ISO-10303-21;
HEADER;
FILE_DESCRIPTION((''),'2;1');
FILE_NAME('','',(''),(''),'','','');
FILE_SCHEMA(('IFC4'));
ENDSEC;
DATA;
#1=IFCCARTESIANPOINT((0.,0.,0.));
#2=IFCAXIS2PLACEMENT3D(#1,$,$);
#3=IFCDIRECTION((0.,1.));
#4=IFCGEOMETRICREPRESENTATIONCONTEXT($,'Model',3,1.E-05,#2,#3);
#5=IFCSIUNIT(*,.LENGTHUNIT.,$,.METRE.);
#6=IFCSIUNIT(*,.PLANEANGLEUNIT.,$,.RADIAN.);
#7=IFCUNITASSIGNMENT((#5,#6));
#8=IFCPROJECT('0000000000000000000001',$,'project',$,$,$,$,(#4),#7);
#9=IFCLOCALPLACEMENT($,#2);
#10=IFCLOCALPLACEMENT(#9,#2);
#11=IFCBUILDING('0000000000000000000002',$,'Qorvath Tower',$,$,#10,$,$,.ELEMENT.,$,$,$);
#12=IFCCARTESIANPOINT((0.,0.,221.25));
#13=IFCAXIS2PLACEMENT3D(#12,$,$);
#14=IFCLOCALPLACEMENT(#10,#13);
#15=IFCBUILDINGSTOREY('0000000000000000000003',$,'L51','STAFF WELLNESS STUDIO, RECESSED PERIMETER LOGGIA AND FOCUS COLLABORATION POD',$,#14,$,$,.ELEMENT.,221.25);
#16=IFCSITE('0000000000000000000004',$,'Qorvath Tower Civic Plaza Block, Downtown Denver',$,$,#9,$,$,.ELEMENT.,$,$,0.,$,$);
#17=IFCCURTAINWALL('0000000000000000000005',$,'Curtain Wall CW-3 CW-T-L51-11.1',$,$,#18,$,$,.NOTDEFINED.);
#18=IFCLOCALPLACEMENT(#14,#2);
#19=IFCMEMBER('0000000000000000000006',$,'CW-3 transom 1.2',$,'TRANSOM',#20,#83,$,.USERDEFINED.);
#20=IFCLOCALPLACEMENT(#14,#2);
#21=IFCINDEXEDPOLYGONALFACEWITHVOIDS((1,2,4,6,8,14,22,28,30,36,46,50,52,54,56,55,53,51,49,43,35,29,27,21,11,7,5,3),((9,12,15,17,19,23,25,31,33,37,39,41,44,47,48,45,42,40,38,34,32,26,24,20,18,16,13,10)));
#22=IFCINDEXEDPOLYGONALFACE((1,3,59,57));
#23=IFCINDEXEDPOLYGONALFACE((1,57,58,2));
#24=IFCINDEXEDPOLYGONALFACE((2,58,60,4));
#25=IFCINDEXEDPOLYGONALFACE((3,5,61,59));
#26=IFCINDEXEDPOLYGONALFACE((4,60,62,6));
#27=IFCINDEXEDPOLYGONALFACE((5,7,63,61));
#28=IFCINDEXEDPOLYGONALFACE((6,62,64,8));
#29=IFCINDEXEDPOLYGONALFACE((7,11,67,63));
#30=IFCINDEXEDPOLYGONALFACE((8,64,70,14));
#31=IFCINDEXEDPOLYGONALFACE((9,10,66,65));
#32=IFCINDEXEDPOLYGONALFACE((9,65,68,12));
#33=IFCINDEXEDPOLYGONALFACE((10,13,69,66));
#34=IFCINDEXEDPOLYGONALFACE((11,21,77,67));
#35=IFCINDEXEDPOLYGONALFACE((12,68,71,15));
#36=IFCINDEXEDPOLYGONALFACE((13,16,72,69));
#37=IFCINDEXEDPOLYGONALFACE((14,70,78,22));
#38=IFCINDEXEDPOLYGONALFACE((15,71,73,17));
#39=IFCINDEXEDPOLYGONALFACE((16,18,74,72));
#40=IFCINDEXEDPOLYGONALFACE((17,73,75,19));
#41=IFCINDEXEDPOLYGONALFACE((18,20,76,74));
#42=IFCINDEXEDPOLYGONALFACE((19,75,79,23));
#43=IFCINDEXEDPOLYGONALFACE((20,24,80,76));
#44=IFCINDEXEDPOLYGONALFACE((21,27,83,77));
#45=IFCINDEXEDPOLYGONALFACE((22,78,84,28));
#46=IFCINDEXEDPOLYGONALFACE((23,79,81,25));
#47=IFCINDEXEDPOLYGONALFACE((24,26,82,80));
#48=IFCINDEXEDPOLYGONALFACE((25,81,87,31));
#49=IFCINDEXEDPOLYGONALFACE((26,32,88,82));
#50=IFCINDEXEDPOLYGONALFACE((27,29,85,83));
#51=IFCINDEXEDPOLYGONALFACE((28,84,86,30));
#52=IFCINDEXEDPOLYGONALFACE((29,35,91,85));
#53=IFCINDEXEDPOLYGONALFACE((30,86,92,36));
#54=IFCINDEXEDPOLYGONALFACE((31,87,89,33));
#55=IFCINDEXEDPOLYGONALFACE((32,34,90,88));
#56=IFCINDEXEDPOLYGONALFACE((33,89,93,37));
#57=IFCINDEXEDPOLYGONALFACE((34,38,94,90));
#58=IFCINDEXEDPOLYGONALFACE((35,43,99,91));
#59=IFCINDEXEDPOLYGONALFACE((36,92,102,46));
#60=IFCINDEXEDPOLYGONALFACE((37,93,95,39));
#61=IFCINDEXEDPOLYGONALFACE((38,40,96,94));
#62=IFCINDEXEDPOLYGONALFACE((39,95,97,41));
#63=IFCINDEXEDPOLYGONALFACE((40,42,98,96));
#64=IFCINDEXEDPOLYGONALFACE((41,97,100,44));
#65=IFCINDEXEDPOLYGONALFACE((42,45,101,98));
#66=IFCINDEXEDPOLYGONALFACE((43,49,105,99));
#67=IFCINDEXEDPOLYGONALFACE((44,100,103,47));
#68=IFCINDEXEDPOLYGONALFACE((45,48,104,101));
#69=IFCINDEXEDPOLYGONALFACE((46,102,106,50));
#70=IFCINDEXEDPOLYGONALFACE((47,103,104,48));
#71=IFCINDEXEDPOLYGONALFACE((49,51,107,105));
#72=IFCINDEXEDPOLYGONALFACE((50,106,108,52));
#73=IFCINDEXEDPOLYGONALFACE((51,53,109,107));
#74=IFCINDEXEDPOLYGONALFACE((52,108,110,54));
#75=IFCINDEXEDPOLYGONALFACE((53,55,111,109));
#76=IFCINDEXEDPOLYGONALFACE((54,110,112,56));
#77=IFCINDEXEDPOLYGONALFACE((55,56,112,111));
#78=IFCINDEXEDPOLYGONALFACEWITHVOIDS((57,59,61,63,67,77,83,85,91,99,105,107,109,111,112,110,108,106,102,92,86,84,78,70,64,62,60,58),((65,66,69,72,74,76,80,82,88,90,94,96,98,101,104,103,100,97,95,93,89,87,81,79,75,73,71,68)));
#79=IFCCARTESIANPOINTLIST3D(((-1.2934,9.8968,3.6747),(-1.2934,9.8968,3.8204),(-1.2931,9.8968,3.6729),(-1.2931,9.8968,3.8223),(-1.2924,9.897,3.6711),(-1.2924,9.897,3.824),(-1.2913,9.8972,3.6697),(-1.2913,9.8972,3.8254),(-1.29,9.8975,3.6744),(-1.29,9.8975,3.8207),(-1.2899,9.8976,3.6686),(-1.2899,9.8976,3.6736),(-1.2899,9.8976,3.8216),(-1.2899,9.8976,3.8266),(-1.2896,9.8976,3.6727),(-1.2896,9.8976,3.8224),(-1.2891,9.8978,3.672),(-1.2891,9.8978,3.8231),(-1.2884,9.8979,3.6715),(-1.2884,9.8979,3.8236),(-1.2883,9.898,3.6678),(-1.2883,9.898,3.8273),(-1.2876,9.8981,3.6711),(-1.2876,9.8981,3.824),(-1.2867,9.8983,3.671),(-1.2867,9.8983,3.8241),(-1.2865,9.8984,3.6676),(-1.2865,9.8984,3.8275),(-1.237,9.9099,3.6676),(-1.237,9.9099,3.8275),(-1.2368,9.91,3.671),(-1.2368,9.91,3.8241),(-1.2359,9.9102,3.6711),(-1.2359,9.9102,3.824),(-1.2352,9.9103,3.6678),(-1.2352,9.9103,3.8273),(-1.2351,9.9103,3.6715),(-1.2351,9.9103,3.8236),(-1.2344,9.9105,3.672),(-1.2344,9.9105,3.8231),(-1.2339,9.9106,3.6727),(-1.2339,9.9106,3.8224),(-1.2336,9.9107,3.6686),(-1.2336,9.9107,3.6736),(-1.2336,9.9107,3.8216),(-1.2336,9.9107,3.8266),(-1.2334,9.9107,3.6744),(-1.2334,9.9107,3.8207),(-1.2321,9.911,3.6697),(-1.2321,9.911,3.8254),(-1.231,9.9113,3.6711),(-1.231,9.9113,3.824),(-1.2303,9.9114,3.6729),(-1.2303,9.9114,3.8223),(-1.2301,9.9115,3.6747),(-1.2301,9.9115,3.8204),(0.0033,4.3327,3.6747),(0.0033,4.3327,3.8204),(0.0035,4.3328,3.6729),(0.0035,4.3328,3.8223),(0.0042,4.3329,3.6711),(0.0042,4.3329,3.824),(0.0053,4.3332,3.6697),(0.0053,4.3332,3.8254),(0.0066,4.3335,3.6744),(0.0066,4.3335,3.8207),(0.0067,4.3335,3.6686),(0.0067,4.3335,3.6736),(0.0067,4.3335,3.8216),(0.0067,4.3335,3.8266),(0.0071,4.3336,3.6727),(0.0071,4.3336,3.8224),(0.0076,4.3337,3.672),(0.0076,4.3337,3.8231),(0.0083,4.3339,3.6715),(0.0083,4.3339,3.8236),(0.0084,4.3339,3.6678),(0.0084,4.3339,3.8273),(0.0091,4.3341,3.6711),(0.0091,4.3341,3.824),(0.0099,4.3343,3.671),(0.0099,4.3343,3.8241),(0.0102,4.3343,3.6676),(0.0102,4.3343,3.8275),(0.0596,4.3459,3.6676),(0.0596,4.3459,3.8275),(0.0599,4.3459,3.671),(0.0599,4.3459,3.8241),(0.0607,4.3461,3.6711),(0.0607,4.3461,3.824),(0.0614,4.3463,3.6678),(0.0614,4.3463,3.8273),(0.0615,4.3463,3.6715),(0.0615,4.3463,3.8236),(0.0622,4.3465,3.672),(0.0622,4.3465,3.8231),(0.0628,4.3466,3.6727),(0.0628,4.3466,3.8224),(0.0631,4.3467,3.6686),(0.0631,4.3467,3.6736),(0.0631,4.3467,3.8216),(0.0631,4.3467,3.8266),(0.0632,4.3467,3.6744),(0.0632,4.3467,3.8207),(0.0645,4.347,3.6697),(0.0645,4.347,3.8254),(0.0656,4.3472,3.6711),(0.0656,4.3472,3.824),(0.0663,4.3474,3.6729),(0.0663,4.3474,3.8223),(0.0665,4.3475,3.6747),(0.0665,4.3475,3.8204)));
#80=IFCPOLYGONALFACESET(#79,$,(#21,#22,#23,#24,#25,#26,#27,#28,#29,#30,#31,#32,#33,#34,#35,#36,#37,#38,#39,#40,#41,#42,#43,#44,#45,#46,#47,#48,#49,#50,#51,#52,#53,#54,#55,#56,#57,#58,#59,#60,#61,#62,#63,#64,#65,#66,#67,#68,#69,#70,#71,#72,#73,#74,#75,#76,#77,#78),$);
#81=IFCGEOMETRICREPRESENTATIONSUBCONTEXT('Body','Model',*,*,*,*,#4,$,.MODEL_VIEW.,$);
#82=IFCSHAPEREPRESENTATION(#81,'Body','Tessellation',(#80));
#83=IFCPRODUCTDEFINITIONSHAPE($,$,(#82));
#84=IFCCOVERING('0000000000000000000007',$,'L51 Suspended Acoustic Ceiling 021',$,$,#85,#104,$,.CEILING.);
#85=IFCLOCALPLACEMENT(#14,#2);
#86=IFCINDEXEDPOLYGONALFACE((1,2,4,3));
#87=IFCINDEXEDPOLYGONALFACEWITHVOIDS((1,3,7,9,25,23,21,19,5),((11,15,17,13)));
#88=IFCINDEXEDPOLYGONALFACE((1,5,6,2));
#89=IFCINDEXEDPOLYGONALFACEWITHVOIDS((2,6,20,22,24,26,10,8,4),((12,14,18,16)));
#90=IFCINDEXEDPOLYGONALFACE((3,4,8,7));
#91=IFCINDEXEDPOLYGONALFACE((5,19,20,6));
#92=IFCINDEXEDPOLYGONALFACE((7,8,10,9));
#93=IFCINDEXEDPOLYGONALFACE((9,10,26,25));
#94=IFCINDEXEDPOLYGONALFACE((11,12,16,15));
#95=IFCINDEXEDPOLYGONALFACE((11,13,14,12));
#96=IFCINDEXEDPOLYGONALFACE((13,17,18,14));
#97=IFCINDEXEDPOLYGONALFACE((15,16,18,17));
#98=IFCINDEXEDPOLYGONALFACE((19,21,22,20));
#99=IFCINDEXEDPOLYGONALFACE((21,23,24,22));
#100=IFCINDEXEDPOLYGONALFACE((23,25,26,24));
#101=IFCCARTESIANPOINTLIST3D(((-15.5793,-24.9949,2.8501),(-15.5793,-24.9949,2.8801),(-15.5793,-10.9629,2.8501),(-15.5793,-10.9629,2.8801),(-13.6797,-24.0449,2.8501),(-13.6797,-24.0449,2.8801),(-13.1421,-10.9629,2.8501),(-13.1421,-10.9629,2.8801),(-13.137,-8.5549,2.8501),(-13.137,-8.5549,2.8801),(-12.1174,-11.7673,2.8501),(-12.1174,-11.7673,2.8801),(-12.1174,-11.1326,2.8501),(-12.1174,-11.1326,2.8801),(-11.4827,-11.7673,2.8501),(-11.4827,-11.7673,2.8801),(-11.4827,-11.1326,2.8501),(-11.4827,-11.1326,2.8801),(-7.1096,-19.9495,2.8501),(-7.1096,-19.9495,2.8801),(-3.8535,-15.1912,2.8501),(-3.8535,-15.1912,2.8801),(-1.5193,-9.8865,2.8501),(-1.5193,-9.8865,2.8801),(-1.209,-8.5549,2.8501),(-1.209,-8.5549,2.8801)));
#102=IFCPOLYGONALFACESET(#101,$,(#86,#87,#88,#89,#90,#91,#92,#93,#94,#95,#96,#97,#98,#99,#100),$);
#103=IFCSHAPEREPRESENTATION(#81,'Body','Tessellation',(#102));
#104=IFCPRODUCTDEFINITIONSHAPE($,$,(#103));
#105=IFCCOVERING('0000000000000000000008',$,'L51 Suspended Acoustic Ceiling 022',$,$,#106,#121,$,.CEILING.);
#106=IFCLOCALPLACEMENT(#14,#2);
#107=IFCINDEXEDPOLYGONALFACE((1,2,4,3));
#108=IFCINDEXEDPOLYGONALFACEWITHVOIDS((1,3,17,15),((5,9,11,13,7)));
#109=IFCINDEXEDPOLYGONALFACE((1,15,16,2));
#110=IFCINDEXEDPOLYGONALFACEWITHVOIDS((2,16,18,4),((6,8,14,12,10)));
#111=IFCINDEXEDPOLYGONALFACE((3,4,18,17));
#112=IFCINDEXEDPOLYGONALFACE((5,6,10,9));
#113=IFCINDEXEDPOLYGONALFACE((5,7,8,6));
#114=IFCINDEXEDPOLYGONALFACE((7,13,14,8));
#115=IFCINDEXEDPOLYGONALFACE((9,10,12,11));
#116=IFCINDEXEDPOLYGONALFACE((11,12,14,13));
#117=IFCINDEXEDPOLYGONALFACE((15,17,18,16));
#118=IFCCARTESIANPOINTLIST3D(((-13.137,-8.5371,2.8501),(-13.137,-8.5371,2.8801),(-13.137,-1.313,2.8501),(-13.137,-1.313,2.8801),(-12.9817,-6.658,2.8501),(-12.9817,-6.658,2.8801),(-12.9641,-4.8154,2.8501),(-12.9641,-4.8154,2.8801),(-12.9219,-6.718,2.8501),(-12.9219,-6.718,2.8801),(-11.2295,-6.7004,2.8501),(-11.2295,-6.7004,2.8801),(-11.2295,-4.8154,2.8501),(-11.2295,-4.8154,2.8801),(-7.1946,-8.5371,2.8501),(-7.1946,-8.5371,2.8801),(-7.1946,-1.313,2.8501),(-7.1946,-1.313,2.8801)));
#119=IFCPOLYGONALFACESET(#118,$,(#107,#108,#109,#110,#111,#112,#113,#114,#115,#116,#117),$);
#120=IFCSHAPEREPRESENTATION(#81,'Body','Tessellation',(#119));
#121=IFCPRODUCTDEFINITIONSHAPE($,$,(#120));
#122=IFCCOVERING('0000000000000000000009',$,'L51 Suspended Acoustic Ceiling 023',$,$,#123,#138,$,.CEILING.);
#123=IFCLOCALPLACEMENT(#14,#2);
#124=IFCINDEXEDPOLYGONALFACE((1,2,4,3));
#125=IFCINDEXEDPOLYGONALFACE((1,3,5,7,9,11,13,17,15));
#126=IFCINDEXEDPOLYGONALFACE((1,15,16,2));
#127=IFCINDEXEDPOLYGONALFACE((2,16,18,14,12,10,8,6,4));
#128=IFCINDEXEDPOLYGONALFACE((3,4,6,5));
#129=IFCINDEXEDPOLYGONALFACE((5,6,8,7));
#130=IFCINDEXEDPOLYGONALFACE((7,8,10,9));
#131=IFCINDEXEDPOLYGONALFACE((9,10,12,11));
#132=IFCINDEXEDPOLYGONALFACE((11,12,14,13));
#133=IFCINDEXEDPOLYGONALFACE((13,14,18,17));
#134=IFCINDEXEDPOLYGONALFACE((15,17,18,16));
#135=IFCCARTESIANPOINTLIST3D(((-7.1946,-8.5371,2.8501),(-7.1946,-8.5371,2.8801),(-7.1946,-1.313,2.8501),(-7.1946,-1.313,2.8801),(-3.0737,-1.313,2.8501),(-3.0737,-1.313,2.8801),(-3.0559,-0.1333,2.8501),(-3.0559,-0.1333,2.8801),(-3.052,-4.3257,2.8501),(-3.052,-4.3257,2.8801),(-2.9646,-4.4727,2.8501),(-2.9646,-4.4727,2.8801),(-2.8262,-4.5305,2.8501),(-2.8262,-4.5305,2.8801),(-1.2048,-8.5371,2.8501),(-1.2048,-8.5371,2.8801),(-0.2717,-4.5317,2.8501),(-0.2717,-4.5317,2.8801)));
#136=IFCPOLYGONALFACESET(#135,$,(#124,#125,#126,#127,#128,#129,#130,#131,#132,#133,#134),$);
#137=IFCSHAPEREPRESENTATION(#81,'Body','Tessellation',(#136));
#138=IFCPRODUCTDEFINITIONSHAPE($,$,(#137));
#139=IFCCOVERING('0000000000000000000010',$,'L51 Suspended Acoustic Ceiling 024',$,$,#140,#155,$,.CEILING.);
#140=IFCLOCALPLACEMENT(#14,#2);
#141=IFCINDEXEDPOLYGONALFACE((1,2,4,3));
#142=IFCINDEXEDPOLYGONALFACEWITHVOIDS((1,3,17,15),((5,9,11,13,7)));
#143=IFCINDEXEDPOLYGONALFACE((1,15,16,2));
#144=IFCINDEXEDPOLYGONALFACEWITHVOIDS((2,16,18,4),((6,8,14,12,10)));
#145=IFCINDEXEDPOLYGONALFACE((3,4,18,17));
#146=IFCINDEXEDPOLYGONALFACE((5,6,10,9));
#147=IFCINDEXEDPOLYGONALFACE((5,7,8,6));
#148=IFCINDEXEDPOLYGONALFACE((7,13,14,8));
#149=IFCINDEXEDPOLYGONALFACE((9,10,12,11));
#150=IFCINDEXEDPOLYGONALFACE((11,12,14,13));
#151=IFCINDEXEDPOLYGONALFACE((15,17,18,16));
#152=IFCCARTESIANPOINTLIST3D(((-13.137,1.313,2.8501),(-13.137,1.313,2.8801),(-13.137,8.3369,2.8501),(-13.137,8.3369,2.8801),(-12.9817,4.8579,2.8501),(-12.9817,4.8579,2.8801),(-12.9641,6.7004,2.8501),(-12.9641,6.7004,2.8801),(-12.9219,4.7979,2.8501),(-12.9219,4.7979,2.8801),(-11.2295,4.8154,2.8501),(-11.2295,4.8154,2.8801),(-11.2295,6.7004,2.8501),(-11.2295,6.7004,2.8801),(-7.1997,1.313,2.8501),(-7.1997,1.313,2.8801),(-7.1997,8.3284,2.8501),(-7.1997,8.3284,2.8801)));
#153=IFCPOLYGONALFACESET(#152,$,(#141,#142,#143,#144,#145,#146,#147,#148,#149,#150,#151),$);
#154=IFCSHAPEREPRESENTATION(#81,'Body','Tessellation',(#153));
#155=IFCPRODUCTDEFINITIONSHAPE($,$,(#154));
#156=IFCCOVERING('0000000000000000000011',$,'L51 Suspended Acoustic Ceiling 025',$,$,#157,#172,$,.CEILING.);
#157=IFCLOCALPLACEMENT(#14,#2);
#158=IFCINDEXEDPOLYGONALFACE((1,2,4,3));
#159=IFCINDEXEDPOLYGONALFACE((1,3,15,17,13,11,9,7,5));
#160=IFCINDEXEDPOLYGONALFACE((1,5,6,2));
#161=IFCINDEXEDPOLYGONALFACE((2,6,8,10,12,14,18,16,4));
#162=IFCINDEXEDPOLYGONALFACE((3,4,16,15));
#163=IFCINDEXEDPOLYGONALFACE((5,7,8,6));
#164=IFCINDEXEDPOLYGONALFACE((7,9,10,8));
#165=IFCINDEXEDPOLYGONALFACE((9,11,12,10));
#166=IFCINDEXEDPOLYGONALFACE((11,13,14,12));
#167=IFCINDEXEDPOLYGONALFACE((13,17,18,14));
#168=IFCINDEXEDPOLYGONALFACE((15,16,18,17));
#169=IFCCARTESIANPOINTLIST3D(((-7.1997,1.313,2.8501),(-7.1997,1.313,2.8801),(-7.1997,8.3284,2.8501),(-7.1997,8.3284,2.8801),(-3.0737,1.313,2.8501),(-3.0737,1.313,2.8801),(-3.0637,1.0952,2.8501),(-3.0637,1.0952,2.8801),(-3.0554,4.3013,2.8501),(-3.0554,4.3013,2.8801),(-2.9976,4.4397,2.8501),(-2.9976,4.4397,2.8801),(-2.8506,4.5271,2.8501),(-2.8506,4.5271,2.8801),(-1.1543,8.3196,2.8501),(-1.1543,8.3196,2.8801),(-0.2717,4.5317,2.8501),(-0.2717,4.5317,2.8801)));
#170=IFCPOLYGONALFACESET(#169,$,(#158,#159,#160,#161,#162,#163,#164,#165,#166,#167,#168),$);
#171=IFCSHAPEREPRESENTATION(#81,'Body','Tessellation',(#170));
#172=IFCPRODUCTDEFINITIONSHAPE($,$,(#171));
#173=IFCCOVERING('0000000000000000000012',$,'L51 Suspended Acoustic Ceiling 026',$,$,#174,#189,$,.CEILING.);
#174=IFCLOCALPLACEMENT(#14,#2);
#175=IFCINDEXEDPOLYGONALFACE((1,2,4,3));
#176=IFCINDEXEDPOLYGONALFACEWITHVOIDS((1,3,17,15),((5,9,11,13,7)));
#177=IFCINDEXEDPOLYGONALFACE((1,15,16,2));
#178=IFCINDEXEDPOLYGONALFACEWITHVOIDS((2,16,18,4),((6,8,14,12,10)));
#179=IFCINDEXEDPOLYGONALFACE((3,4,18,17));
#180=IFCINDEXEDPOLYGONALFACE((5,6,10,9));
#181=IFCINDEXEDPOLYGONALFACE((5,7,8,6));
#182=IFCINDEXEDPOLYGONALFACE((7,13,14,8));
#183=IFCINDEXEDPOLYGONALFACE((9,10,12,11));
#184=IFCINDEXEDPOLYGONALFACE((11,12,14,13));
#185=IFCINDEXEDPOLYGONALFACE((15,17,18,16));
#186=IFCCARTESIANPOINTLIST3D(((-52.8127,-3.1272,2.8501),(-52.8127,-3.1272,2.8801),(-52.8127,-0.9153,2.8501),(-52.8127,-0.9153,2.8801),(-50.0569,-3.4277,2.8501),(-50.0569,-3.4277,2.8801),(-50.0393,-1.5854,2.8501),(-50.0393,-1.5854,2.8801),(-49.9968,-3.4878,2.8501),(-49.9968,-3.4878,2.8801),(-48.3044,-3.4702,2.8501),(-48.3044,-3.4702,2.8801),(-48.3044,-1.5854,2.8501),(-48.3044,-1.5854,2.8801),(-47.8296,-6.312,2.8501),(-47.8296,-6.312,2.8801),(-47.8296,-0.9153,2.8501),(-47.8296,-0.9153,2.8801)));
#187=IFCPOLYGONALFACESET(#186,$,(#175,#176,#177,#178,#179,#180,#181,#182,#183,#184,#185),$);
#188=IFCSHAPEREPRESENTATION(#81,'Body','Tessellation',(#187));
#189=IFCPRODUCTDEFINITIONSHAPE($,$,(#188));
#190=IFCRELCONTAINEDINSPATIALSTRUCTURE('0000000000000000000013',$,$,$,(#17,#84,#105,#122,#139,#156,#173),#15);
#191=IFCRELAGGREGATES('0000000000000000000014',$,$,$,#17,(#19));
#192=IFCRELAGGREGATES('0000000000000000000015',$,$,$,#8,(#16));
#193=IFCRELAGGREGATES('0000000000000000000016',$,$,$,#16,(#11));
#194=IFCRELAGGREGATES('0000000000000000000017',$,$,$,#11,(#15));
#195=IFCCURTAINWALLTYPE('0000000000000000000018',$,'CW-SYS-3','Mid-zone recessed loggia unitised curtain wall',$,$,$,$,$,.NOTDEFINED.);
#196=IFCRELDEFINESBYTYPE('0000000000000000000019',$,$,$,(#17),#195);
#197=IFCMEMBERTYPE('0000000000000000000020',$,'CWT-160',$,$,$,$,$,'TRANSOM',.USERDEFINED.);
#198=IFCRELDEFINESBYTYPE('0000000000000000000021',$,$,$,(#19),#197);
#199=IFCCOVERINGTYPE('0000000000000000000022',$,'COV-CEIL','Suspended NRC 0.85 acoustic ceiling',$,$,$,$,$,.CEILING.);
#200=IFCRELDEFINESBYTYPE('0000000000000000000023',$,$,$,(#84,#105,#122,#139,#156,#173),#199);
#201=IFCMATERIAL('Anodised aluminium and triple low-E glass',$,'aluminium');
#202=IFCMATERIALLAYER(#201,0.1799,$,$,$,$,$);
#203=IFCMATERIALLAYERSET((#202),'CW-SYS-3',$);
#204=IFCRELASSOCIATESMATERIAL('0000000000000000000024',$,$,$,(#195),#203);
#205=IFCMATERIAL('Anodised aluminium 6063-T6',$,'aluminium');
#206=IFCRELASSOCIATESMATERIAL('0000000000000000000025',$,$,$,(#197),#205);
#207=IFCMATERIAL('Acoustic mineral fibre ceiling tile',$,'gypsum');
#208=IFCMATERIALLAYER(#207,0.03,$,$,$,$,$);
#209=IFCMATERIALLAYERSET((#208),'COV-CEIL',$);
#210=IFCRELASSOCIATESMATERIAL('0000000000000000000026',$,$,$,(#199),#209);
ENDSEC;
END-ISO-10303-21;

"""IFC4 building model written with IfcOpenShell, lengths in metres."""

from ifc_helpers import new_model, si_unit, direction, frame, origin, origin_2d, place, context, subcontext, project, spatial, polyline, hollow_rectangle, outline, extrude, material, layer, layer_set, material_profile, profile_set, type_object, element, aggregate, save


model = new_model("IFC4")

# Units and contexts
model_context = context("Model", 3, precision=1e-05, world=origin(), true_north=direction((0.0, 1.0)))
body_context = subcontext(model_context, "Body", "Model", "MODEL_VIEW")
ifc_project = project(units=[si_unit("LENGTHUNIT", "METRE"), si_unit("PLANEANGLEUNIT", "RADIAN")], contexts=[model_context])

# Site, building, storey
site_placement = place(None, origin())
site = spatial("IfcSite", under=ifc_project, at=site_placement, Name="Qorvath Tower Civic Plaza Block, Downtown Denver", CompositionType="ELEMENT", RefElevation=0.0)
building_placement = place(site_placement, origin())
building = spatial("IfcBuilding", under=site, at=building_placement, Name="Qorvath Tower", CompositionType="ELEMENT")
storey_placement = place(building_placement, frame((0.0, 0.0, 221.25)))
storey = spatial("IfcBuildingStorey", under=building, at=storey_placement, Name="L51", Description="STAFF WELLNESS STUDIO, RECESSED PERIMETER LOGGIA AND FOCUS COLLABORATION POD", CompositionType="ELEMENT", Elevation=221.25)

# Curtain wall, member
ifc_material_1 = material(Name="Anodised aluminium and triple low-E glass", Category="aluminium")
ifc_layer_1 = layer(ifc_material_1, 0.1799)
ifc_layer_set_1 = layer_set([ifc_layer_1], Name="CW-SYS-3")
curtain_wall_type = type_object("IfcCurtainWallType", Name="CW-SYS-3", Description="Mid-zone recessed loggia unitised curtain wall", PredefinedType="NOTDEFINED", material=ifc_layer_set_1)
curtain_wall_placement = place(storey_placement, origin())
curtain_wall = element("IfcCurtainWall", 1, at=curtain_wall_placement, inside=storey, type_object=curtain_wall_type, Name="Curtain Wall CW-3 CW-T-L51-11.1", PredefinedType="NOTDEFINED")
ifc_material_2 = material(Name="Anodised aluminium 6063-T6", Category="aluminium")
ifc_material_profile_1 = material_profile(ifc_material_2, hollow_rectangle(XDim=0.0649, YDim=0.1599, WallThickness=0.0034, InnerFilletRadius=0.0034, OuterFilletRadius=0.0071, at=origin_2d()), Name="CWT 160x65")
ifc_profile_set_1 = profile_set([ifc_material_profile_1], Name="Anodised aluminium 6063-T6")
member_type_1 = type_object("IfcMemberType", Name="CWT-160", ElementType="TRANSOM", PredefinedType="USERDEFINED", material=ifc_profile_set_1)
member_1_placement = place(storey_placement, frame((0.0349, 4.3401, 3.7476), z_axis=(-0.226959, 0.973904, 0.0), x_axis=(-0.973904, -0.226959, 0.0)))
member_1 = element("IfcMember", 2, at=member_1_placement, type_object=member_type_1, Name="CW-3 transom 1.2", ObjectType="TRANSOM", PredefinedType="USERDEFINED", context=body_context, shape_type="SweptSolid", body=[
    extrude(hollow_rectangle(XDim=0.0649, YDim=0.1599, WallThickness=0.0034, InnerFilletRadius=0.0034, OuterFilletRadius=0.0071, at=origin_2d()), origin(), (0.0, 0.0, 1.0), 5.7131),
])
aggregate(curtain_wall, [member_1])

# Coverings
ifc_material_3 = material(Name="Acoustic mineral fibre ceiling tile", Category="gypsum")
ifc_layer_2 = layer(ifc_material_3, 0.03)
ifc_layer_set_2 = layer_set([ifc_layer_2], Name="COV-CEIL")
covering_type_1 = type_object("IfcCoveringType", Name="COV-CEIL", Description="Suspended NRC 0.85 acoustic ceiling", PredefinedType="CEILING", material=ifc_layer_set_2)
covering_1_placement = place(storey_placement, frame((0.0, 0.0, 2.8501)))
element("IfcCovering", 3, at=covering_1_placement, inside=storey, type_object=covering_type_1, Name="L51 Suspended Acoustic Ceiling 021", PredefinedType="CEILING", context=body_context, shape_type="SweptSolid", body=[
    extrude(outline(polyline([(-13.6797, -24.0449), (-7.1096, -19.9495), (-3.8535, -15.1912), (-1.5193, -9.8865), (-1.209, -8.5549), (-13.137, -8.5549), (-13.1421, -10.9629), (-15.5793, -10.9629), (-15.5793, -24.9949), (-13.6797, -24.0449)]), holes=[polyline([(-12.1174, -11.7673), (-12.1174, -11.1326), (-11.4827, -11.1326), (-11.4827, -11.7673), (-12.1174, -11.7673)])]), origin(), (0.0, 0.0, 1.0), 0.03),
])
covering_2_placement = place(storey_placement, frame((0.0, 0.0, 2.8501)))
element("IfcCovering", 4, at=covering_2_placement, inside=storey, type_object=covering_type_1, Name="L51 Suspended Acoustic Ceiling 022", PredefinedType="CEILING", context=body_context, shape_type="SweptSolid", body=[
    extrude(outline(polyline([(-7.1946, -8.5371), (-7.1946, -1.313), (-13.137, -1.313), (-13.137, -8.5371), (-7.1946, -8.5371)]), holes=[polyline([(-12.9817, -6.658), (-12.9641, -4.8154), (-11.2295, -4.8154), (-11.2295, -6.7004), (-12.9219, -6.718), (-12.9817, -6.658)])]), origin(), (0.0, 0.0, 1.0), 0.03),
])
covering_3_placement = place(storey_placement, frame((0.0, 0.0, 2.8501)))
element("IfcCovering", 5, at=covering_3_placement, inside=storey, type_object=covering_type_1, Name="L51 Suspended Acoustic Ceiling 023", PredefinedType="CEILING", context=body_context, shape_type="SweptSolid", body=[
    extrude(outline(polyline([(-2.9646, -4.4727), (-3.052, -4.3257), (-3.0559, -0.1333), (-3.0737, -1.313), (-7.1946, -1.313), (-7.1946, -8.5371), (-1.2048, -8.5371), (-0.2717, -4.5317), (-2.8262, -4.5305), (-2.9646, -4.4727)])), origin(), (0.0, 0.0, 1.0), 0.03),
])
covering_4_placement = place(storey_placement, frame((0.0, 0.0, 2.8501)))
element("IfcCovering", 6, at=covering_4_placement, inside=storey, type_object=covering_type_1, Name="L51 Suspended Acoustic Ceiling 024", PredefinedType="CEILING", context=body_context, shape_type="SweptSolid", body=[
    extrude(outline(polyline([(-7.1997, 1.313), (-7.1997, 8.3284), (-13.137, 8.3369), (-13.137, 1.313), (-7.1997, 1.313)]), holes=[polyline([(-12.9817, 4.8579), (-12.9641, 6.7004), (-11.2295, 6.7004), (-11.2295, 4.8154), (-12.9219, 4.7979), (-12.9817, 4.8579)])]), origin(), (0.0, 0.0, 1.0), 0.03),
])
covering_5_placement = place(storey_placement, frame((0.0, 0.0, 2.8501)))
element("IfcCovering", 7, at=covering_5_placement, inside=storey, type_object=covering_type_1, Name="L51 Suspended Acoustic Ceiling 025", PredefinedType="CEILING", context=body_context, shape_type="SweptSolid", body=[
    extrude(outline(polyline([(-2.9976, 4.4397), (-2.8506, 4.5271), (-0.2717, 4.5317), (-1.1543, 8.3196), (-7.1997, 8.3284), (-7.1997, 1.313), (-3.0737, 1.313), (-3.0637, 1.0952), (-3.0554, 4.3013), (-2.9976, 4.4397)])), origin(), (0.0, 0.0, 1.0), 0.03),
])
covering_6_placement = place(storey_placement, frame((0.0, 0.0, 2.8501)))
element("IfcCovering", 8, at=covering_6_placement, inside=storey, type_object=covering_type_1, Name="L51 Suspended Acoustic Ceiling 026", PredefinedType="CEILING", context=body_context, shape_type="SweptSolid", body=[
    extrude(outline(polyline([(-47.8296, -6.312), (-47.8296, -0.9153), (-52.8127, -0.9153), (-52.8127, -3.1272), (-47.8296, -6.312)]), holes=[polyline([(-50.0569, -3.4277), (-50.0393, -1.5854), (-48.3044, -1.5854), (-48.3044, -3.4702), (-49.9968, -3.4878), (-50.0569, -3.4277)])]), origin(), (0.0, 0.0, 1.0), 0.03),
])

save(model, "model.ifc")
